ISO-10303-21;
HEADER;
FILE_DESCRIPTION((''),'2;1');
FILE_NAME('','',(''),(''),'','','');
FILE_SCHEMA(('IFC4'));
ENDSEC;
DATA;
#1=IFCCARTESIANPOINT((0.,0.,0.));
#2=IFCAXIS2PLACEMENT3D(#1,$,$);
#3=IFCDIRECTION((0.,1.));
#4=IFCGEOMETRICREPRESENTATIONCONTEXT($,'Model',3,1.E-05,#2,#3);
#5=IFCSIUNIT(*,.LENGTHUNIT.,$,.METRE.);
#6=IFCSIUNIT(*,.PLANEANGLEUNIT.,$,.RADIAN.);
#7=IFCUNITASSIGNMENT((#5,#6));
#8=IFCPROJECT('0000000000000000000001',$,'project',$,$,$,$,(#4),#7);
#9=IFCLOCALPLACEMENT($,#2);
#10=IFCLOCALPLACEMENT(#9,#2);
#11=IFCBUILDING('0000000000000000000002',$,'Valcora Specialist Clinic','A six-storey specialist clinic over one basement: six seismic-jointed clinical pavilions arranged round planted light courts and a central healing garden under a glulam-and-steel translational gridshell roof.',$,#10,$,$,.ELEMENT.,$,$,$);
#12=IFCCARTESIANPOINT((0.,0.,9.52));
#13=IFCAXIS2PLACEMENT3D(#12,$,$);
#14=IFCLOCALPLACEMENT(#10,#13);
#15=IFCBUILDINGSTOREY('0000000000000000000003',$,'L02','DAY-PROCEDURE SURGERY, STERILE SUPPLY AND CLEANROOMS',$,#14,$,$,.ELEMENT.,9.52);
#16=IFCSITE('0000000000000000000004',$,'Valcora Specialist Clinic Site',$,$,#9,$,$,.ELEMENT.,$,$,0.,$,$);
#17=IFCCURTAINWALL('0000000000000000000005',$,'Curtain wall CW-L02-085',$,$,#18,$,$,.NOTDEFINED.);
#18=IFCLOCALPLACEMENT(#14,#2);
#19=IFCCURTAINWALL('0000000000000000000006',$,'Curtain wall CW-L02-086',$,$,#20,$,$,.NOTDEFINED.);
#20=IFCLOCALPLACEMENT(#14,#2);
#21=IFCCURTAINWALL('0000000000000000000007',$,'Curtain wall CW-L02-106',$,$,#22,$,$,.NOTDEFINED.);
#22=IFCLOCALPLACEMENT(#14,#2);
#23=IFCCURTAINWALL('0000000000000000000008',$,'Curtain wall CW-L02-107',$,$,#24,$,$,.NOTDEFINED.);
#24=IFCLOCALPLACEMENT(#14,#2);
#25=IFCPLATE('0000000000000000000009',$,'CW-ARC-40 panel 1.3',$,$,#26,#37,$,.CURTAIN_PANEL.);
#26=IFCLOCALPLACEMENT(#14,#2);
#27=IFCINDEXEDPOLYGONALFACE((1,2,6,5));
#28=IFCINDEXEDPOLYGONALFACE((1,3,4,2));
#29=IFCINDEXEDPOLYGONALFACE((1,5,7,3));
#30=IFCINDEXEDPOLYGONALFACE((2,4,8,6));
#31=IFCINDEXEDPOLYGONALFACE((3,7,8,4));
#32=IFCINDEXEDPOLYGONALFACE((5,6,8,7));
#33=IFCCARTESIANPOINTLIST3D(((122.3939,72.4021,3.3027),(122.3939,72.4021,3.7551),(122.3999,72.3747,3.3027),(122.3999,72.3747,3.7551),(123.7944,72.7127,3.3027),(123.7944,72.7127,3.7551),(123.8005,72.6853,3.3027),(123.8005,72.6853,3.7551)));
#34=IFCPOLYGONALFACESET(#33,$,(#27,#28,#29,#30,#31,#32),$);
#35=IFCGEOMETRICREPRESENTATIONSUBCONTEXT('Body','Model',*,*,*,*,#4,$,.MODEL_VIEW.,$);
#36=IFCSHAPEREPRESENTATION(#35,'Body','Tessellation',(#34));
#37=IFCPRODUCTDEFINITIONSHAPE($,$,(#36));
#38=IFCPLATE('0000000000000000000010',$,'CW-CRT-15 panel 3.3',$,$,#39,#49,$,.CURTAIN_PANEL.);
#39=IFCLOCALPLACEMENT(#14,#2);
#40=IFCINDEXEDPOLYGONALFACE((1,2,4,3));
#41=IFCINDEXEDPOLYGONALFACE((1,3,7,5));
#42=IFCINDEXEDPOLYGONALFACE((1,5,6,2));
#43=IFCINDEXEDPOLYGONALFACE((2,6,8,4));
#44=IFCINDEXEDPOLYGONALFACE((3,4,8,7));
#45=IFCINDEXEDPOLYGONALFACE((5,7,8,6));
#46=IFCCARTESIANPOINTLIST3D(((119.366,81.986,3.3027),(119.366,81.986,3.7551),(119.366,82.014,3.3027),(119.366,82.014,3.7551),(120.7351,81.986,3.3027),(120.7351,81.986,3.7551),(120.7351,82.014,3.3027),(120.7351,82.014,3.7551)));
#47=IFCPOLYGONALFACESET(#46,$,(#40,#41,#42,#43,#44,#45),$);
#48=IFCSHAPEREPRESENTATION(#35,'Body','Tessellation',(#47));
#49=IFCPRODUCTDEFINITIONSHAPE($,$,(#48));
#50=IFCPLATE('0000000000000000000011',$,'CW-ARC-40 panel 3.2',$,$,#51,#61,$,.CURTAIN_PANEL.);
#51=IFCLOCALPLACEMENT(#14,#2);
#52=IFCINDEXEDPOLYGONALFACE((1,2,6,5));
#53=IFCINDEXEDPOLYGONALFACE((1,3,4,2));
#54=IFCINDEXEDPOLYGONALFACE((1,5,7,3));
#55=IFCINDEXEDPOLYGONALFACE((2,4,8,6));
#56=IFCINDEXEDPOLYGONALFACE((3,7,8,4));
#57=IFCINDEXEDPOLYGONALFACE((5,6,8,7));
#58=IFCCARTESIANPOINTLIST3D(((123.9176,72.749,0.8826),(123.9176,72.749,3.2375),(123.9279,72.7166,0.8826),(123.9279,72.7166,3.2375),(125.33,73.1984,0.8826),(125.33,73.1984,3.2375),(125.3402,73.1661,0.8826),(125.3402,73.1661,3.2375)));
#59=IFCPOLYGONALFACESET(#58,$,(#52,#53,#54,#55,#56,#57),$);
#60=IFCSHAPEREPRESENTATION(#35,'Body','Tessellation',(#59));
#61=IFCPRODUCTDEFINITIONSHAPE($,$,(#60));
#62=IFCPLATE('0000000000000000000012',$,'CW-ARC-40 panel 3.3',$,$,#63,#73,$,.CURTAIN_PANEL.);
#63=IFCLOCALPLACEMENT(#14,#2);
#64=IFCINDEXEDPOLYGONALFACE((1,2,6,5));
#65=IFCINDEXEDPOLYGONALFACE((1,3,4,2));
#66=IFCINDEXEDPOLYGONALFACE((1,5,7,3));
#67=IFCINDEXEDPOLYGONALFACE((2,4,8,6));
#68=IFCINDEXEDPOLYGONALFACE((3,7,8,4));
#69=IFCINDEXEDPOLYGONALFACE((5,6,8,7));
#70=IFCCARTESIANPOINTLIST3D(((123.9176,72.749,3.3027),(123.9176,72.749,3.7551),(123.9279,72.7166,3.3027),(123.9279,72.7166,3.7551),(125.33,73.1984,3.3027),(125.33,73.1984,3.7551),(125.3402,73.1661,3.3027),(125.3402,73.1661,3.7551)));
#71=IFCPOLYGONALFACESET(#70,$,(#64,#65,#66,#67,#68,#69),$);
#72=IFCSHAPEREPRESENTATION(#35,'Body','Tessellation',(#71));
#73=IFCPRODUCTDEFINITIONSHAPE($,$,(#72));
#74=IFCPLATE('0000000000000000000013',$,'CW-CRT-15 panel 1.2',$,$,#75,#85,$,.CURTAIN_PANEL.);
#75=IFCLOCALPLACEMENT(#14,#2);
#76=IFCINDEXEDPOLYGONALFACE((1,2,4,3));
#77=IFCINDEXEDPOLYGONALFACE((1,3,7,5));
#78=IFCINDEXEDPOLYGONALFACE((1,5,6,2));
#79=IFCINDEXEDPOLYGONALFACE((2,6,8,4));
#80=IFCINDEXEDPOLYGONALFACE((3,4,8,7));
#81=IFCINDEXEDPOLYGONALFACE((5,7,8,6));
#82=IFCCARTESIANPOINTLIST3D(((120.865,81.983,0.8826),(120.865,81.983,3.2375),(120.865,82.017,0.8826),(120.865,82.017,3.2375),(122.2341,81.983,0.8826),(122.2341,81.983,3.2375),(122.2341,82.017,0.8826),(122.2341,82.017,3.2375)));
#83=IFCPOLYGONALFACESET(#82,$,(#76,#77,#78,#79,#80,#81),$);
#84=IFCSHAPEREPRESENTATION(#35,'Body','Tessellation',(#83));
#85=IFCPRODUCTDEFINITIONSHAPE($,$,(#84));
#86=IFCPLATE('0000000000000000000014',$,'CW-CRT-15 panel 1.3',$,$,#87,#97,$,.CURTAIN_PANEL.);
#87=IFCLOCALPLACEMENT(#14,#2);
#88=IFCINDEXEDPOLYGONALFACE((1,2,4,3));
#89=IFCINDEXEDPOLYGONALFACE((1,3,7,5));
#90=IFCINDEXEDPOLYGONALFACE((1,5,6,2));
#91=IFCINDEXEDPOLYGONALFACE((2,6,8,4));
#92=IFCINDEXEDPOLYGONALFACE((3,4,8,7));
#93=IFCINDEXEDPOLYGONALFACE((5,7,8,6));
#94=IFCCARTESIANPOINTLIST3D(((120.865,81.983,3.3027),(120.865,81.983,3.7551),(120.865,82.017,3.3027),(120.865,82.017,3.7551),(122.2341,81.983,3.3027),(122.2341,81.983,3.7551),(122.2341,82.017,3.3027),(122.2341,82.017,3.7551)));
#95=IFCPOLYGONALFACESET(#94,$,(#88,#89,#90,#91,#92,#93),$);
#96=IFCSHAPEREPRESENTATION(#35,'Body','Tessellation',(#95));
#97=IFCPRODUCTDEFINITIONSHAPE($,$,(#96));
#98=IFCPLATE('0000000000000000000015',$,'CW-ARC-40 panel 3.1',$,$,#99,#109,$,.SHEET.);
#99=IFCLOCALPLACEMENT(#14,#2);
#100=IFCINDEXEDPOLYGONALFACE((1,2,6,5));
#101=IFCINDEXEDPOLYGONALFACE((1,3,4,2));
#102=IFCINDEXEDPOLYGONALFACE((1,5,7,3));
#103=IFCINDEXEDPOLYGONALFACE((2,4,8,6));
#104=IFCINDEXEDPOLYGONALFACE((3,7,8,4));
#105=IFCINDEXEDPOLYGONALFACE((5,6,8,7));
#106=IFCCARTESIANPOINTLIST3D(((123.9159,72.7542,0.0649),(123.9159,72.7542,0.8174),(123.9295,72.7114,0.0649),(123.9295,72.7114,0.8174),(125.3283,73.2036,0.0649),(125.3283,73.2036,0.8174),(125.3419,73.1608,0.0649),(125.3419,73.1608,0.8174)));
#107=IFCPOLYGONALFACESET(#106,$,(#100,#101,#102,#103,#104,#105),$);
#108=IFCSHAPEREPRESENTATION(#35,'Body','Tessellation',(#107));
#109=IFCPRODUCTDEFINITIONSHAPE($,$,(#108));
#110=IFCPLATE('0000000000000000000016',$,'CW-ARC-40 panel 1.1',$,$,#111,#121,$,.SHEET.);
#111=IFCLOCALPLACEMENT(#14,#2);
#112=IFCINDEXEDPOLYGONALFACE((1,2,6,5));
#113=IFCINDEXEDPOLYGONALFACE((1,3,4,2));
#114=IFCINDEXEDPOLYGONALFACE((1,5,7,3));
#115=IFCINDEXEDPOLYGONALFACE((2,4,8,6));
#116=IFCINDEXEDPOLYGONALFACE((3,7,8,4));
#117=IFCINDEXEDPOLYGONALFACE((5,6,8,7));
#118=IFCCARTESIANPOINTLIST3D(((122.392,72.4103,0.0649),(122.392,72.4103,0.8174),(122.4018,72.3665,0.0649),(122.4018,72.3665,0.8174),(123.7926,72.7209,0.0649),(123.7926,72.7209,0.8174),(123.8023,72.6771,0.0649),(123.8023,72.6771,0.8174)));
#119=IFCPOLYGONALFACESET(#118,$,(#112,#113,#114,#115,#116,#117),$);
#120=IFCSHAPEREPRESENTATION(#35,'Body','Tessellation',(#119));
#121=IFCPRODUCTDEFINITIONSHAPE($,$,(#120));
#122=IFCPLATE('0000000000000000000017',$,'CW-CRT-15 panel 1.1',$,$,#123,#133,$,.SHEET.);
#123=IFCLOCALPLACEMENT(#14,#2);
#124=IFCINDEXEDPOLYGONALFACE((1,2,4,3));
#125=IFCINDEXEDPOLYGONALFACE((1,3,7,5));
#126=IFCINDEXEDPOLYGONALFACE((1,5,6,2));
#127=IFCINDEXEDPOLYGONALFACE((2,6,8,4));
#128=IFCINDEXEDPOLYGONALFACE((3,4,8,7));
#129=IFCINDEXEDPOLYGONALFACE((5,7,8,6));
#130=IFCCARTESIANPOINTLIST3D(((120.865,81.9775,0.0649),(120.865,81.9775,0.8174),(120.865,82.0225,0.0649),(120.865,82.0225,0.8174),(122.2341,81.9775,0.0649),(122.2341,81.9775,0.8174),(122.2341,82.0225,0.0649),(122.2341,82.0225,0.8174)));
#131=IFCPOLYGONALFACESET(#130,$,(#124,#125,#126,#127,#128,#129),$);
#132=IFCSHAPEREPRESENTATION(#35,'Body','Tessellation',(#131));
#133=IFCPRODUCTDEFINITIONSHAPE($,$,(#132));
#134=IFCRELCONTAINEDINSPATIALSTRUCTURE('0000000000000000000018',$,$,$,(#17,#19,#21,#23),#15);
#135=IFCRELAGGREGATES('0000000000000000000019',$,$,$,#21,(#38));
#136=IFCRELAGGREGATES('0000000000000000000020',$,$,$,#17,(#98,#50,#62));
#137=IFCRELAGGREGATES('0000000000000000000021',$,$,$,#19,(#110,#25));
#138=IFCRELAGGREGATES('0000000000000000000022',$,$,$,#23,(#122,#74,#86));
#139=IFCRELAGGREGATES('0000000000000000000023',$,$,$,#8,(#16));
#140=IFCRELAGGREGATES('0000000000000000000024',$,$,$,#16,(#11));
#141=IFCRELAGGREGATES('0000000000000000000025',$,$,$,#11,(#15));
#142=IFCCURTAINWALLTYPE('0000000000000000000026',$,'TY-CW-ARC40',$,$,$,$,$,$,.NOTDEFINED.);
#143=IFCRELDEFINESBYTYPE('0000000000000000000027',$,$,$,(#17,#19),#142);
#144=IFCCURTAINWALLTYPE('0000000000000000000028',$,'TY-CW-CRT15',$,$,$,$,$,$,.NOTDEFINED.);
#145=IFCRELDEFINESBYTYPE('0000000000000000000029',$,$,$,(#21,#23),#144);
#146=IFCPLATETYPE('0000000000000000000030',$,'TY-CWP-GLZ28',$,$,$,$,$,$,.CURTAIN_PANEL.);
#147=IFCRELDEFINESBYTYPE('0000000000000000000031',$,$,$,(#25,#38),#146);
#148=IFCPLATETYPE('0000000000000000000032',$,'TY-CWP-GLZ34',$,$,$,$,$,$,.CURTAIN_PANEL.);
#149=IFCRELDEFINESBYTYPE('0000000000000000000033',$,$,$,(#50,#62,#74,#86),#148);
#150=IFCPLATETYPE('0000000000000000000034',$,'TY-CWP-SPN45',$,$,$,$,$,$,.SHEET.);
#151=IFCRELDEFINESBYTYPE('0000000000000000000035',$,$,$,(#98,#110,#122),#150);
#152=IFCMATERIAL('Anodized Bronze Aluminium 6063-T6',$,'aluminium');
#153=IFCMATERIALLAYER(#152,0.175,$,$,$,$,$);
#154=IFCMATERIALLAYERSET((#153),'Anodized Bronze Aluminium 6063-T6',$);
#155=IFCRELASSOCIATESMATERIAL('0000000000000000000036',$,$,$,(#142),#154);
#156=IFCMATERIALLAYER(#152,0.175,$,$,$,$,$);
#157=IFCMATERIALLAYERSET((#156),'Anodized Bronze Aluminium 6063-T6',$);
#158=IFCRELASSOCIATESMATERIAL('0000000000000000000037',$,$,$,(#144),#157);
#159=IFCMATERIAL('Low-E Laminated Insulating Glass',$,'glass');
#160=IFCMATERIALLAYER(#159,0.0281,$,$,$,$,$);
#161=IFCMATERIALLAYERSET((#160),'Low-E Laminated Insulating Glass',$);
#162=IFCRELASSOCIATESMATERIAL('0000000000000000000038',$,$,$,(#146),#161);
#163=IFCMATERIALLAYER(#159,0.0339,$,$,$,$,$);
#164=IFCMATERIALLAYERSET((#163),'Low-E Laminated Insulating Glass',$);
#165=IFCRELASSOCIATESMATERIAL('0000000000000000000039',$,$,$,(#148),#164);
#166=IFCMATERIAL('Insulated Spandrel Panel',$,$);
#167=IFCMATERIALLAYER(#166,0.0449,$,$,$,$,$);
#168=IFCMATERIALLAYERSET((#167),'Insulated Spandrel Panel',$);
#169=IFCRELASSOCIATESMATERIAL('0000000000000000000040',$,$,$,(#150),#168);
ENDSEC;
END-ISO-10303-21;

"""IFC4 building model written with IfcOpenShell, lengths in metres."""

from ifc_helpers import new_model, si_unit, direction, frame, origin, origin_2d, place, context, subcontext, project, spatial, rectangle, extrude, material, layer, layer_set, type_object, element, aggregate, save


model = new_model("IFC4")

# Units and contexts
model_context = context("Model", 3, precision=1e-05, world=origin(), true_north=direction((0.0, 1.0)))
body_context = subcontext(model_context, "Body", "Model", "MODEL_VIEW")
ifc_project = project(units=[si_unit("LENGTHUNIT", "METRE"), si_unit("PLANEANGLEUNIT", "RADIAN")], contexts=[model_context])

# Site, building, storey
site_placement = place(None, origin())
site = spatial("IfcSite", under=ifc_project, at=site_placement, Name="Valcora Specialist Clinic Site", CompositionType="ELEMENT", RefElevation=0.0)
building_placement = place(site_placement, origin())
building = spatial("IfcBuilding", under=site, at=building_placement, Name="Valcora Specialist Clinic", Description="A six-storey specialist clinic over one basement: six seismic-jointed clinical pavilions arranged round planted light courts and a central healing garden under a glulam-and-steel translational gridshell roof.", CompositionType="ELEMENT")
storey_placement = place(building_placement, frame((0.0, 0.0, 9.52)))
storey = spatial("IfcBuildingStorey", under=building, at=storey_placement, Name="L02", Description="DAY-PROCEDURE SURGERY, STERILE SUPPLY AND CLEANROOMS", CompositionType="ELEMENT", Elevation=9.52)

# Curtain wall
ifc_material_1 = material(Name="Anodized Bronze Aluminium 6063-T6", Category="aluminium")
ifc_layer_1 = layer(ifc_material_1, 0.175)
ifc_layer_set_1 = layer_set([ifc_layer_1], Name="Anodized Bronze Aluminium 6063-T6")
curtain_wall_type_1 = type_object("IfcCurtainWallType", Name="TY-CW-ARC40", PredefinedType="NOTDEFINED", material=ifc_layer_set_1)
curtain_wall_1_placement = place(storey_placement, origin())
curtain_wall_1 = element("IfcCurtainWall", 1, at=curtain_wall_1_placement, inside=storey, type_object=curtain_wall_type_1, Name="Curtain wall CW-L02-085", PredefinedType="NOTDEFINED")

# Curtain wall
curtain_wall_2_placement = place(storey_placement, origin())
curtain_wall_2 = element("IfcCurtainWall", 2, at=curtain_wall_2_placement, inside=storey, type_object=curtain_wall_type_1, Name="Curtain wall CW-L02-086", PredefinedType="NOTDEFINED")

# Curtain wall
ifc_layer_2 = layer(ifc_material_1, 0.175)
ifc_layer_set_2 = layer_set([ifc_layer_2], Name="Anodized Bronze Aluminium 6063-T6")
curtain_wall_type_2 = type_object("IfcCurtainWallType", Name="TY-CW-CRT15", PredefinedType="NOTDEFINED", material=ifc_layer_set_2)
curtain_wall_3_placement = place(storey_placement, origin())
curtain_wall_3 = element("IfcCurtainWall", 3, at=curtain_wall_3_placement, inside=storey, type_object=curtain_wall_type_2, Name="Curtain wall CW-L02-106", PredefinedType="NOTDEFINED")

# Curtain wall
curtain_wall_4_placement = place(storey_placement, origin())
curtain_wall_4 = element("IfcCurtainWall", 4, at=curtain_wall_4_placement, inside=storey, type_object=curtain_wall_type_2, Name="Curtain wall CW-L02-107", PredefinedType="NOTDEFINED")

# Plates
ifc_material_2 = material(Name="Low-E Laminated Insulating Glass", Category="glass")
ifc_layer_3 = layer(ifc_material_2, 0.0281)
ifc_layer_set_3 = layer_set([ifc_layer_3], Name="Low-E Laminated Insulating Glass")
plate_type_1 = type_object("IfcPlateType", Name="TY-CWP-GLZ28", PredefinedType="CURTAIN_PANEL", material=ifc_layer_set_3)
plate_1_placement = place(storey_placement, frame((123.0972, 72.5437, 3.3027), z_axis=(0.0, 0.0, 1.0), x_axis=(-0.976279, -0.216518, 0.0)))
plate_1 = element("IfcPlate", 5, at=plate_1_placement, type_object=plate_type_1, Name="CW-ARC-40 panel 1.3", PredefinedType="CURTAIN_PANEL", context=body_context, shape_type="SweptSolid", body=[
    extrude(rectangle(XDim=1.4346, YDim=0.0281, at=origin_2d()), origin(), (0.0, 0.0, 1.0), 0.4524),
])
plate_2_placement = place(storey_placement, frame((120.0505, 82.0, 3.3027), z_axis=(0.0, 0.0, 1.0), x_axis=(1.0, 0.0, 0.0)))
plate_2 = element("IfcPlate", 6, at=plate_2_placement, type_object=plate_type_1, Name="CW-CRT-15 panel 3.3", PredefinedType="CURTAIN_PANEL", context=body_context, shape_type="SweptSolid", body=[
    extrude(rectangle(XDim=1.3691, YDim=0.0281, at=origin_2d()), origin(), (0.0, 0.0, 1.0), 0.4524),
])
aggregate(curtain_wall_3, [plate_2])
ifc_layer_4 = layer(ifc_material_2, 0.0339)
ifc_layer_set_4 = layer_set([ifc_layer_4], Name="Low-E Laminated Insulating Glass")
plate_type_2 = type_object("IfcPlateType", Name="TY-CWP-GLZ34", PredefinedType="CURTAIN_PANEL", material=ifc_layer_set_4)
plate_3_placement = place(storey_placement, frame((124.6289, 72.9575, 0.8826), z_axis=(0.0, 0.0, 1.0), x_axis=(-0.952916, -0.303233, 0.0)))
plate_3 = element("IfcPlate", 7, at=plate_3_placement, type_object=plate_type_2, Name="CW-ARC-40 panel 3.2", PredefinedType="CURTAIN_PANEL", context=body_context, shape_type="SweptSolid", body=[
    extrude(rectangle(XDim=1.4822, YDim=0.0339, at=origin_2d()), origin(), (0.0, 0.0, 1.0), 2.355),
])
plate_4_placement = place(storey_placement, frame((124.6289, 72.9575, 3.3027), z_axis=(0.0, 0.0, 1.0), x_axis=(-0.952916, -0.303233, 0.0)))
plate_4 = element("IfcPlate", 8, at=plate_4_placement, type_object=plate_type_2, Name="CW-ARC-40 panel 3.3", PredefinedType="CURTAIN_PANEL", context=body_context, shape_type="SweptSolid", body=[
    extrude(rectangle(XDim=1.4822, YDim=0.0339, at=origin_2d()), origin(), (0.0, 0.0, 1.0), 0.4524),
])
plate_5_placement = place(storey_placement, frame((121.5496, 82.0, 0.8826), z_axis=(0.0, 0.0, 1.0), x_axis=(1.0, 0.0, 0.0)))
plate_5 = element("IfcPlate", 9, at=plate_5_placement, type_object=plate_type_2, Name="CW-CRT-15 panel 1.2", PredefinedType="CURTAIN_PANEL", context=body_context, shape_type="SweptSolid", body=[
    extrude(rectangle(XDim=1.3691, YDim=0.0339, at=origin_2d()), origin(), (0.0, 0.0, 1.0), 2.355),
])
plate_6_placement = place(storey_placement, frame((121.5496, 82.0, 3.3027), z_axis=(0.0, 0.0, 1.0), x_axis=(1.0, 0.0, 0.0)))
plate_6 = element("IfcPlate", 10, at=plate_6_placement, type_object=plate_type_2, Name="CW-CRT-15 panel 1.3", PredefinedType="CURTAIN_PANEL", context=body_context, shape_type="SweptSolid", body=[
    extrude(rectangle(XDim=1.3691, YDim=0.0339, at=origin_2d()), origin(), (0.0, 0.0, 1.0), 0.4524),
])
ifc_material_3 = material(Name="Insulated Spandrel Panel")
ifc_layer_5 = layer(ifc_material_3, 0.0449)
ifc_layer_set_5 = layer_set([ifc_layer_5], Name="Insulated Spandrel Panel")
plate_type_3 = type_object("IfcPlateType", Name="TY-CWP-SPN45", PredefinedType="SHEET", material=ifc_layer_set_5)
plate_7_placement = place(storey_placement, frame((124.6289, 72.9575, 0.0649), z_axis=(0.0, 0.0, 1.0), x_axis=(-0.952916, -0.303233, 0.0)))
plate_7 = element("IfcPlate", 11, at=plate_7_placement, type_object=plate_type_3, Name="CW-ARC-40 panel 3.1", PredefinedType="SHEET", context=body_context, shape_type="SweptSolid", body=[
    extrude(rectangle(XDim=1.4822, YDim=0.0449, at=origin_2d()), origin(), (0.0, 0.0, 1.0), 0.7524),
])
aggregate(curtain_wall_1, [plate_7, plate_3, plate_4])
plate_8_placement = place(storey_placement, frame((123.0972, 72.5437, 0.0649), z_axis=(0.0, 0.0, 1.0), x_axis=(-0.976279, -0.216518, 0.0)))
plate_8 = element("IfcPlate", 12, at=plate_8_placement, type_object=plate_type_3, Name="CW-ARC-40 panel 1.1", PredefinedType="SHEET", context=body_context, shape_type="SweptSolid", body=[
    extrude(rectangle(XDim=1.4346, YDim=0.0449, at=origin_2d()), origin(), (0.0, 0.0, 1.0), 0.7524),
])
aggregate(curtain_wall_2, [plate_8, plate_1])
plate_9_placement = place(storey_placement, frame((121.5496, 82.0, 0.0649), z_axis=(0.0, 0.0, 1.0), x_axis=(1.0, 0.0, 0.0)))
plate_9 = element("IfcPlate", 13, at=plate_9_placement, type_object=plate_type_3, Name="CW-CRT-15 panel 1.1", PredefinedType="SHEET", context=body_context, shape_type="SweptSolid", body=[
    extrude(rectangle(XDim=1.3691, YDim=0.0449, at=origin_2d()), origin(), (0.0, 0.0, 1.0), 0.7524),
])
aggregate(curtain_wall_4, [plate_9, plate_5, plate_6])

save(model, "model.ifc")
